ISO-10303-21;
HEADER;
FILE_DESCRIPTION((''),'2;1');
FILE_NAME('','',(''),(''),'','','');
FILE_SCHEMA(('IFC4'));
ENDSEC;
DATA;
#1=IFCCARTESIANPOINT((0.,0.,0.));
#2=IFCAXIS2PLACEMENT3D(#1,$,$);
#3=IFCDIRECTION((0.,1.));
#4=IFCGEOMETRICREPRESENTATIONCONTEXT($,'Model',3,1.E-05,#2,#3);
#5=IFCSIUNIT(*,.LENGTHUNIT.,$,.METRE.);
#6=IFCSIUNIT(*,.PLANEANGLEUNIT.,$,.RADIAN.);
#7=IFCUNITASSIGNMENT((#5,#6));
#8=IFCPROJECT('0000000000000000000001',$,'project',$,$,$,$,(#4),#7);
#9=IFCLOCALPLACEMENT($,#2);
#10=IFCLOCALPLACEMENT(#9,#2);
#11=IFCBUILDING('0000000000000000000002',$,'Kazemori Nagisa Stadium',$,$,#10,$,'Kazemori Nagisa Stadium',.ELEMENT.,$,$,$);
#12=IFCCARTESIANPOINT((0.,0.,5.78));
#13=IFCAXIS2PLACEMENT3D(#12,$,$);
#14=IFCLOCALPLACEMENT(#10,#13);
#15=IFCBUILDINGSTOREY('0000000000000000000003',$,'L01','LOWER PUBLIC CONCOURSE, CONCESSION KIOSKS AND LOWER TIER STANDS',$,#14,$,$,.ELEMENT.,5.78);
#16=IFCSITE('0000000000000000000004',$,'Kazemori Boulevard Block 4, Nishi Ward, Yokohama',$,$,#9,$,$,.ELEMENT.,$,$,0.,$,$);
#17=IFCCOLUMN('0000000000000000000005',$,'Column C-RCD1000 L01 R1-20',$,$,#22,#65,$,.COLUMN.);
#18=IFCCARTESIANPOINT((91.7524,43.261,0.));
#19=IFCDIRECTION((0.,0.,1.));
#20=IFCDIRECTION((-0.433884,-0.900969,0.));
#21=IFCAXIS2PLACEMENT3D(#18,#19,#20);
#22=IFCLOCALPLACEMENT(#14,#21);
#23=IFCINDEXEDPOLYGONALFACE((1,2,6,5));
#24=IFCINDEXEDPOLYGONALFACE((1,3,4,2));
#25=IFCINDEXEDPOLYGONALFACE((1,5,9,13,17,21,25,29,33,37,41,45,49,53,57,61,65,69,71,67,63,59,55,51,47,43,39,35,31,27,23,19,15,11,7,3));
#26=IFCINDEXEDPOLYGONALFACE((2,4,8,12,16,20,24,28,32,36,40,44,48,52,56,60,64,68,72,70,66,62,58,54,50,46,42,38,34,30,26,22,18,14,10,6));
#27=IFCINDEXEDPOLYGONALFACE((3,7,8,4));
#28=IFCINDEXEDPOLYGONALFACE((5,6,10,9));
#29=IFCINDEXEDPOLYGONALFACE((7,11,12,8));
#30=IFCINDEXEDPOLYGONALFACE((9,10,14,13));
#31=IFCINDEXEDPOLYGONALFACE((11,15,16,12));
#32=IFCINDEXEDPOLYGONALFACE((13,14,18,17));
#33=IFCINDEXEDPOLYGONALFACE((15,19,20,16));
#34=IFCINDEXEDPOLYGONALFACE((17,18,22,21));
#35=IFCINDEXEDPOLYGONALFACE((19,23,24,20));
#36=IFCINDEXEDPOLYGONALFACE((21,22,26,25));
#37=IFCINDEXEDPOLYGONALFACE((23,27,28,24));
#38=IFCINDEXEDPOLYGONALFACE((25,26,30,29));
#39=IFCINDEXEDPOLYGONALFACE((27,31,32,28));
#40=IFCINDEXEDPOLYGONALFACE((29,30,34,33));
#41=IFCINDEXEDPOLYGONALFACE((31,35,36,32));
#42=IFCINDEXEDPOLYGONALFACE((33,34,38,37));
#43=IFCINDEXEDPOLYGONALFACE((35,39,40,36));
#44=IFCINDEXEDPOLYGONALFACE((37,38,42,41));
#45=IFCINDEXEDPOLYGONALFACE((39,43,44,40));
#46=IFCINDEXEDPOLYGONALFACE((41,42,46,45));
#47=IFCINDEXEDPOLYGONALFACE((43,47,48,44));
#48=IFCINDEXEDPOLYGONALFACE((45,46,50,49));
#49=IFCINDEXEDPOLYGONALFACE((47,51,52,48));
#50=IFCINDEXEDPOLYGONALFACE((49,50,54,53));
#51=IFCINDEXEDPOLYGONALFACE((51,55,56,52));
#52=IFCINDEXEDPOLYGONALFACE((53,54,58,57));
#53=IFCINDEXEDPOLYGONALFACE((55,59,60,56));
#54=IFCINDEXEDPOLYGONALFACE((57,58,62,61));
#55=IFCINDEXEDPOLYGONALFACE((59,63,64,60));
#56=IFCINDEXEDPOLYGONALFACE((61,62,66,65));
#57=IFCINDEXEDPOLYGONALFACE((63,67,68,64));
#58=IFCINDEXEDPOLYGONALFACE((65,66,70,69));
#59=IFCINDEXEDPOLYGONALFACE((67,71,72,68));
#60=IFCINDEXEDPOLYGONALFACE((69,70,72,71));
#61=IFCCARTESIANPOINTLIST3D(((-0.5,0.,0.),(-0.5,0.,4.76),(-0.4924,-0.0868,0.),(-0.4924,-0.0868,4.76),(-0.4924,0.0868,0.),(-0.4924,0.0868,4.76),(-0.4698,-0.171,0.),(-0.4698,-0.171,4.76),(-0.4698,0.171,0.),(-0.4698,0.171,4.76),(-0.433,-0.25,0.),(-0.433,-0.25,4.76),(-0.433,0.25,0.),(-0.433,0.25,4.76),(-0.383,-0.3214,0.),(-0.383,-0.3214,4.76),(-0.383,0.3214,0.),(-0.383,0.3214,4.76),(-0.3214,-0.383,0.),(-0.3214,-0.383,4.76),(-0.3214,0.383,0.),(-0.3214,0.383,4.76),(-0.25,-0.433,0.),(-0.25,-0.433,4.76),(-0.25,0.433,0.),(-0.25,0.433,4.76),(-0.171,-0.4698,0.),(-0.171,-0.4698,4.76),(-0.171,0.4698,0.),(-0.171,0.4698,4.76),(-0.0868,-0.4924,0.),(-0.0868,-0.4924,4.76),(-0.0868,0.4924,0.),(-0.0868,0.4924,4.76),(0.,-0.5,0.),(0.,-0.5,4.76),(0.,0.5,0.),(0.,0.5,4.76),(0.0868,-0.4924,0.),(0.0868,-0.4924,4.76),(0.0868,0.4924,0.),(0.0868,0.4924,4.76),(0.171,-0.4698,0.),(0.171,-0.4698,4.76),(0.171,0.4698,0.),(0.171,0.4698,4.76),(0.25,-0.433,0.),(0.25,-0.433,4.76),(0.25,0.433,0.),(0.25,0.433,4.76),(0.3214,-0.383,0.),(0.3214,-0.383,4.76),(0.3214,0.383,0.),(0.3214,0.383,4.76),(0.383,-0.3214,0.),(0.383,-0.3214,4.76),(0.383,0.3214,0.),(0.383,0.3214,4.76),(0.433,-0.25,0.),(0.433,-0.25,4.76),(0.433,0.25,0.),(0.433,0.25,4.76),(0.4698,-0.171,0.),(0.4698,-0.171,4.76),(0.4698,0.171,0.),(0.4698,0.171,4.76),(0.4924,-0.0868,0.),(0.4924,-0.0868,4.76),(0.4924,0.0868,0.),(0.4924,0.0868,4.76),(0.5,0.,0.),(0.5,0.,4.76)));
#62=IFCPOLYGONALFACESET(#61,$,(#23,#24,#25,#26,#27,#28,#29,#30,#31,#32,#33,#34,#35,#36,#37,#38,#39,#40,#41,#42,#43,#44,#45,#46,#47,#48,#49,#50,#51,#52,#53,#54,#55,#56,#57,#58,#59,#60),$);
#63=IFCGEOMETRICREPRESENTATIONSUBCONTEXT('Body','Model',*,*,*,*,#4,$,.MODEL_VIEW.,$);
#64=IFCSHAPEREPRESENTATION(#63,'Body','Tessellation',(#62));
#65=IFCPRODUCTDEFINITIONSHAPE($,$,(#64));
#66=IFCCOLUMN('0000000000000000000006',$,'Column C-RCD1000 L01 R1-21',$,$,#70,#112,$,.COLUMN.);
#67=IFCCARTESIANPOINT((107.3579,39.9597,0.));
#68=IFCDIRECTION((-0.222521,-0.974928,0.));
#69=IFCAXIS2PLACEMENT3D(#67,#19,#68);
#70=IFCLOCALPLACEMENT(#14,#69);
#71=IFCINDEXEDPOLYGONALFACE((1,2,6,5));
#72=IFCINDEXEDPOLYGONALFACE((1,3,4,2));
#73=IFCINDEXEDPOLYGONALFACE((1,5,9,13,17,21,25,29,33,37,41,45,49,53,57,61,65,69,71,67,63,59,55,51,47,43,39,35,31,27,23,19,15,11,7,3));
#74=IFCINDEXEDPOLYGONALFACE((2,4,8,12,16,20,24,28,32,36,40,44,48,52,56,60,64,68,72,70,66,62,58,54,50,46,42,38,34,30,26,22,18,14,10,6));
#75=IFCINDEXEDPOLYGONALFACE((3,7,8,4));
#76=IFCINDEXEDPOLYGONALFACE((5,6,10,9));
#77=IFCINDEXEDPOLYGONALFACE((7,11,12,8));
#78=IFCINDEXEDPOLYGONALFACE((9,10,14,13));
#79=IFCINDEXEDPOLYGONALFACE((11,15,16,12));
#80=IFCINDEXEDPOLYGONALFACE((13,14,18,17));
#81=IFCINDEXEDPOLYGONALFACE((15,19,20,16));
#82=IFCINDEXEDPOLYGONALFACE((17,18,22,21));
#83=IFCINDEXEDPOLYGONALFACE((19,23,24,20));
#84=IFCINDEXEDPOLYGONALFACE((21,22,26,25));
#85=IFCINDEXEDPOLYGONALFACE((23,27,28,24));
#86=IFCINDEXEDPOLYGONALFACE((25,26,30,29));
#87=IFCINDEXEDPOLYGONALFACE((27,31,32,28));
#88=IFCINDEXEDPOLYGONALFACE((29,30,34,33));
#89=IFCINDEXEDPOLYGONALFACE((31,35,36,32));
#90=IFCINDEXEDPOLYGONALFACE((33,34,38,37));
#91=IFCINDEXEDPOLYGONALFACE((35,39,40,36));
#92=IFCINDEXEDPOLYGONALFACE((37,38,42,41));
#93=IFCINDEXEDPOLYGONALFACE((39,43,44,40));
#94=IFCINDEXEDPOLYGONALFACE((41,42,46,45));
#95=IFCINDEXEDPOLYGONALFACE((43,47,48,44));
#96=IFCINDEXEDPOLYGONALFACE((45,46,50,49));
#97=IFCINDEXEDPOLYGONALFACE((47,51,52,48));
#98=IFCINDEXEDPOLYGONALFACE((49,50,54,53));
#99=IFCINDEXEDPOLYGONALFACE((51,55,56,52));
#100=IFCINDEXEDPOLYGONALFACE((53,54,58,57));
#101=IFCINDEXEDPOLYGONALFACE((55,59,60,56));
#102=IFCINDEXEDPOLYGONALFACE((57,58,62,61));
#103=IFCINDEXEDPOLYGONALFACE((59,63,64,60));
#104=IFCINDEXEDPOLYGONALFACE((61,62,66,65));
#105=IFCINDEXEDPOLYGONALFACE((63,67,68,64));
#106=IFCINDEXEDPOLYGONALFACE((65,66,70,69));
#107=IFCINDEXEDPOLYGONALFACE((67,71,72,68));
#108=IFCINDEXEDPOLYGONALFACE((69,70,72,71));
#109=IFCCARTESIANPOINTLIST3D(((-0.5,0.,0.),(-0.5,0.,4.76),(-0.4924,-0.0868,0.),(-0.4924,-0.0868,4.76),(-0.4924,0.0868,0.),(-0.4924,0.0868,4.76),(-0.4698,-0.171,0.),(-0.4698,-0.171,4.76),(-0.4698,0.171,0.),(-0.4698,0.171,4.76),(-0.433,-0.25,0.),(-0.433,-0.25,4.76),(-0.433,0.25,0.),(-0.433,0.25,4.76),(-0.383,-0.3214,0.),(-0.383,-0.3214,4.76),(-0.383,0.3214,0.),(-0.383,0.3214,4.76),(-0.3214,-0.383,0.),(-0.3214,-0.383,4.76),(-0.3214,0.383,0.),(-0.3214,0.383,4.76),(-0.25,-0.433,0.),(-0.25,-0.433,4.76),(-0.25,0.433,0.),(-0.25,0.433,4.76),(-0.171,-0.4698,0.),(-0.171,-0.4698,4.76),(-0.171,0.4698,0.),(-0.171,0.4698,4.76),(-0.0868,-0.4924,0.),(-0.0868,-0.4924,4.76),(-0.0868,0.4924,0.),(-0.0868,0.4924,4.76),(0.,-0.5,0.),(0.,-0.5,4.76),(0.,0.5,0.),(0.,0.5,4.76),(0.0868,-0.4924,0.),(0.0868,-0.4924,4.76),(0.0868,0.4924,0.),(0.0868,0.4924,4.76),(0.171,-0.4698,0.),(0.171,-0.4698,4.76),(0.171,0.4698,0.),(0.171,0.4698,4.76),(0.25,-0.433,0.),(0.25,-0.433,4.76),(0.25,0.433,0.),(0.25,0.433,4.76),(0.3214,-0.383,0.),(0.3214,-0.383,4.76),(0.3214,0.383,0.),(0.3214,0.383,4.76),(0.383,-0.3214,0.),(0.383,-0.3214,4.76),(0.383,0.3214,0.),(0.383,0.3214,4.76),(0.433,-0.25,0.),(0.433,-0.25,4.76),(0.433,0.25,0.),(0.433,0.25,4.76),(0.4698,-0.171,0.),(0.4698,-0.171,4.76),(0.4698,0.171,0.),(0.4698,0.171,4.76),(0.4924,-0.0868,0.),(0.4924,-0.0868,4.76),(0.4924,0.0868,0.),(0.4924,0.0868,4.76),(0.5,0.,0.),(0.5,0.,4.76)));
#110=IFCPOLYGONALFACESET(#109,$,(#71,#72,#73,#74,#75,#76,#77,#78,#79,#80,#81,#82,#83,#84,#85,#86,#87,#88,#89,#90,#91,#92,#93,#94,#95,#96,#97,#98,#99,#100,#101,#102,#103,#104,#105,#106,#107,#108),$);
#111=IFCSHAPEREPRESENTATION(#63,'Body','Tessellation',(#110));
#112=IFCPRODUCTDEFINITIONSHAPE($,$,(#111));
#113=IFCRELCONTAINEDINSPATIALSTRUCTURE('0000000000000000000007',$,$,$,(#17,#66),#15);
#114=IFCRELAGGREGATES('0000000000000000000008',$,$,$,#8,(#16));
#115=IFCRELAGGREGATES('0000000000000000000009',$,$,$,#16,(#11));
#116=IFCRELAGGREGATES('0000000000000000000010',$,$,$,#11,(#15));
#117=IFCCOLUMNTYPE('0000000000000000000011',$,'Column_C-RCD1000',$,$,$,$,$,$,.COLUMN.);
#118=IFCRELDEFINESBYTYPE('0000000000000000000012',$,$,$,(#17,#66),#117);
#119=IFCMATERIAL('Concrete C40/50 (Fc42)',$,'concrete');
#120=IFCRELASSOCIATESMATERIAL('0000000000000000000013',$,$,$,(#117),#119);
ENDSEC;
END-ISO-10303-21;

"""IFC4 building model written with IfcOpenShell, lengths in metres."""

from ifc_helpers import new_model, si_unit, direction, frame, origin, origin_2d, place, context, subcontext, project, spatial, circle, extrude, material, material_profile, profile_set, type_object, element, save


model = new_model("IFC4")

# Units and contexts
model_context = context("Model", 3, precision=1e-05, world=origin(), true_north=direction((0.0, 1.0)))
body_context = subcontext(model_context, "Body", "Model", "MODEL_VIEW")
ifc_project = project(units=[si_unit("LENGTHUNIT", "METRE"), si_unit("PLANEANGLEUNIT", "RADIAN")], contexts=[model_context])

# Site, building, storey
site_placement = place(None, origin())
site = spatial("IfcSite", under=ifc_project, at=site_placement, Name="Kazemori Boulevard Block 4, Nishi Ward, Yokohama", CompositionType="ELEMENT", RefElevation=0.0)
building_placement = place(site_placement, origin())
building = spatial("IfcBuilding", under=site, at=building_placement, Name="Kazemori Nagisa Stadium", LongName="Kazemori Nagisa Stadium", CompositionType="ELEMENT")
storey_placement = place(building_placement, frame((0.0, 0.0, 5.78)))
storey = spatial("IfcBuildingStorey", under=building, at=storey_placement, Name="L01", Description="LOWER PUBLIC CONCOURSE, CONCESSION KIOSKS AND LOWER TIER STANDS", CompositionType="ELEMENT", Elevation=5.78)

# Columns
ifc_material_1 = material(Name="Concrete C40/50 (Fc42)", Category="concrete")
ifc_material_profile_1 = material_profile(ifc_material_1, circle(Radius=0.5, at=origin_2d()), Name="RC-COL-D1000")
ifc_profile_set_1 = profile_set([ifc_material_profile_1], Name="Concrete C40/50 (Fc42)")
column_type = type_object("IfcColumnType", Name="Column_C-RCD1000", PredefinedType="COLUMN", material=ifc_profile_set_1)
for number, where, z_axis, x_axis, name in (
    (1, (91.7524, 43.261, 0.0), (0.0, 0.0, 1.0), (-0.433884, -0.900969, 0.0), "Column C-RCD1000 L01 R1-20"),
    (2, (107.3579, 39.9597, 0.0), (0.0, 0.0, 1.0), (-0.222521, -0.974928, 0.0), "Column C-RCD1000 L01 R1-21"),
):
    element("IfcColumn", number, at=place(storey_placement, frame(where, z_axis=z_axis, x_axis=x_axis)), inside=storey, type_object=column_type, Name=name, PredefinedType="COLUMN", context=body_context, shape_type="SweptSolid", body=[
        extrude(circle(Radius=0.5, at=origin_2d()), origin(), (0.0, 0.0, 1.0), 4.76),
    ])

save(model, "model.ifc")
